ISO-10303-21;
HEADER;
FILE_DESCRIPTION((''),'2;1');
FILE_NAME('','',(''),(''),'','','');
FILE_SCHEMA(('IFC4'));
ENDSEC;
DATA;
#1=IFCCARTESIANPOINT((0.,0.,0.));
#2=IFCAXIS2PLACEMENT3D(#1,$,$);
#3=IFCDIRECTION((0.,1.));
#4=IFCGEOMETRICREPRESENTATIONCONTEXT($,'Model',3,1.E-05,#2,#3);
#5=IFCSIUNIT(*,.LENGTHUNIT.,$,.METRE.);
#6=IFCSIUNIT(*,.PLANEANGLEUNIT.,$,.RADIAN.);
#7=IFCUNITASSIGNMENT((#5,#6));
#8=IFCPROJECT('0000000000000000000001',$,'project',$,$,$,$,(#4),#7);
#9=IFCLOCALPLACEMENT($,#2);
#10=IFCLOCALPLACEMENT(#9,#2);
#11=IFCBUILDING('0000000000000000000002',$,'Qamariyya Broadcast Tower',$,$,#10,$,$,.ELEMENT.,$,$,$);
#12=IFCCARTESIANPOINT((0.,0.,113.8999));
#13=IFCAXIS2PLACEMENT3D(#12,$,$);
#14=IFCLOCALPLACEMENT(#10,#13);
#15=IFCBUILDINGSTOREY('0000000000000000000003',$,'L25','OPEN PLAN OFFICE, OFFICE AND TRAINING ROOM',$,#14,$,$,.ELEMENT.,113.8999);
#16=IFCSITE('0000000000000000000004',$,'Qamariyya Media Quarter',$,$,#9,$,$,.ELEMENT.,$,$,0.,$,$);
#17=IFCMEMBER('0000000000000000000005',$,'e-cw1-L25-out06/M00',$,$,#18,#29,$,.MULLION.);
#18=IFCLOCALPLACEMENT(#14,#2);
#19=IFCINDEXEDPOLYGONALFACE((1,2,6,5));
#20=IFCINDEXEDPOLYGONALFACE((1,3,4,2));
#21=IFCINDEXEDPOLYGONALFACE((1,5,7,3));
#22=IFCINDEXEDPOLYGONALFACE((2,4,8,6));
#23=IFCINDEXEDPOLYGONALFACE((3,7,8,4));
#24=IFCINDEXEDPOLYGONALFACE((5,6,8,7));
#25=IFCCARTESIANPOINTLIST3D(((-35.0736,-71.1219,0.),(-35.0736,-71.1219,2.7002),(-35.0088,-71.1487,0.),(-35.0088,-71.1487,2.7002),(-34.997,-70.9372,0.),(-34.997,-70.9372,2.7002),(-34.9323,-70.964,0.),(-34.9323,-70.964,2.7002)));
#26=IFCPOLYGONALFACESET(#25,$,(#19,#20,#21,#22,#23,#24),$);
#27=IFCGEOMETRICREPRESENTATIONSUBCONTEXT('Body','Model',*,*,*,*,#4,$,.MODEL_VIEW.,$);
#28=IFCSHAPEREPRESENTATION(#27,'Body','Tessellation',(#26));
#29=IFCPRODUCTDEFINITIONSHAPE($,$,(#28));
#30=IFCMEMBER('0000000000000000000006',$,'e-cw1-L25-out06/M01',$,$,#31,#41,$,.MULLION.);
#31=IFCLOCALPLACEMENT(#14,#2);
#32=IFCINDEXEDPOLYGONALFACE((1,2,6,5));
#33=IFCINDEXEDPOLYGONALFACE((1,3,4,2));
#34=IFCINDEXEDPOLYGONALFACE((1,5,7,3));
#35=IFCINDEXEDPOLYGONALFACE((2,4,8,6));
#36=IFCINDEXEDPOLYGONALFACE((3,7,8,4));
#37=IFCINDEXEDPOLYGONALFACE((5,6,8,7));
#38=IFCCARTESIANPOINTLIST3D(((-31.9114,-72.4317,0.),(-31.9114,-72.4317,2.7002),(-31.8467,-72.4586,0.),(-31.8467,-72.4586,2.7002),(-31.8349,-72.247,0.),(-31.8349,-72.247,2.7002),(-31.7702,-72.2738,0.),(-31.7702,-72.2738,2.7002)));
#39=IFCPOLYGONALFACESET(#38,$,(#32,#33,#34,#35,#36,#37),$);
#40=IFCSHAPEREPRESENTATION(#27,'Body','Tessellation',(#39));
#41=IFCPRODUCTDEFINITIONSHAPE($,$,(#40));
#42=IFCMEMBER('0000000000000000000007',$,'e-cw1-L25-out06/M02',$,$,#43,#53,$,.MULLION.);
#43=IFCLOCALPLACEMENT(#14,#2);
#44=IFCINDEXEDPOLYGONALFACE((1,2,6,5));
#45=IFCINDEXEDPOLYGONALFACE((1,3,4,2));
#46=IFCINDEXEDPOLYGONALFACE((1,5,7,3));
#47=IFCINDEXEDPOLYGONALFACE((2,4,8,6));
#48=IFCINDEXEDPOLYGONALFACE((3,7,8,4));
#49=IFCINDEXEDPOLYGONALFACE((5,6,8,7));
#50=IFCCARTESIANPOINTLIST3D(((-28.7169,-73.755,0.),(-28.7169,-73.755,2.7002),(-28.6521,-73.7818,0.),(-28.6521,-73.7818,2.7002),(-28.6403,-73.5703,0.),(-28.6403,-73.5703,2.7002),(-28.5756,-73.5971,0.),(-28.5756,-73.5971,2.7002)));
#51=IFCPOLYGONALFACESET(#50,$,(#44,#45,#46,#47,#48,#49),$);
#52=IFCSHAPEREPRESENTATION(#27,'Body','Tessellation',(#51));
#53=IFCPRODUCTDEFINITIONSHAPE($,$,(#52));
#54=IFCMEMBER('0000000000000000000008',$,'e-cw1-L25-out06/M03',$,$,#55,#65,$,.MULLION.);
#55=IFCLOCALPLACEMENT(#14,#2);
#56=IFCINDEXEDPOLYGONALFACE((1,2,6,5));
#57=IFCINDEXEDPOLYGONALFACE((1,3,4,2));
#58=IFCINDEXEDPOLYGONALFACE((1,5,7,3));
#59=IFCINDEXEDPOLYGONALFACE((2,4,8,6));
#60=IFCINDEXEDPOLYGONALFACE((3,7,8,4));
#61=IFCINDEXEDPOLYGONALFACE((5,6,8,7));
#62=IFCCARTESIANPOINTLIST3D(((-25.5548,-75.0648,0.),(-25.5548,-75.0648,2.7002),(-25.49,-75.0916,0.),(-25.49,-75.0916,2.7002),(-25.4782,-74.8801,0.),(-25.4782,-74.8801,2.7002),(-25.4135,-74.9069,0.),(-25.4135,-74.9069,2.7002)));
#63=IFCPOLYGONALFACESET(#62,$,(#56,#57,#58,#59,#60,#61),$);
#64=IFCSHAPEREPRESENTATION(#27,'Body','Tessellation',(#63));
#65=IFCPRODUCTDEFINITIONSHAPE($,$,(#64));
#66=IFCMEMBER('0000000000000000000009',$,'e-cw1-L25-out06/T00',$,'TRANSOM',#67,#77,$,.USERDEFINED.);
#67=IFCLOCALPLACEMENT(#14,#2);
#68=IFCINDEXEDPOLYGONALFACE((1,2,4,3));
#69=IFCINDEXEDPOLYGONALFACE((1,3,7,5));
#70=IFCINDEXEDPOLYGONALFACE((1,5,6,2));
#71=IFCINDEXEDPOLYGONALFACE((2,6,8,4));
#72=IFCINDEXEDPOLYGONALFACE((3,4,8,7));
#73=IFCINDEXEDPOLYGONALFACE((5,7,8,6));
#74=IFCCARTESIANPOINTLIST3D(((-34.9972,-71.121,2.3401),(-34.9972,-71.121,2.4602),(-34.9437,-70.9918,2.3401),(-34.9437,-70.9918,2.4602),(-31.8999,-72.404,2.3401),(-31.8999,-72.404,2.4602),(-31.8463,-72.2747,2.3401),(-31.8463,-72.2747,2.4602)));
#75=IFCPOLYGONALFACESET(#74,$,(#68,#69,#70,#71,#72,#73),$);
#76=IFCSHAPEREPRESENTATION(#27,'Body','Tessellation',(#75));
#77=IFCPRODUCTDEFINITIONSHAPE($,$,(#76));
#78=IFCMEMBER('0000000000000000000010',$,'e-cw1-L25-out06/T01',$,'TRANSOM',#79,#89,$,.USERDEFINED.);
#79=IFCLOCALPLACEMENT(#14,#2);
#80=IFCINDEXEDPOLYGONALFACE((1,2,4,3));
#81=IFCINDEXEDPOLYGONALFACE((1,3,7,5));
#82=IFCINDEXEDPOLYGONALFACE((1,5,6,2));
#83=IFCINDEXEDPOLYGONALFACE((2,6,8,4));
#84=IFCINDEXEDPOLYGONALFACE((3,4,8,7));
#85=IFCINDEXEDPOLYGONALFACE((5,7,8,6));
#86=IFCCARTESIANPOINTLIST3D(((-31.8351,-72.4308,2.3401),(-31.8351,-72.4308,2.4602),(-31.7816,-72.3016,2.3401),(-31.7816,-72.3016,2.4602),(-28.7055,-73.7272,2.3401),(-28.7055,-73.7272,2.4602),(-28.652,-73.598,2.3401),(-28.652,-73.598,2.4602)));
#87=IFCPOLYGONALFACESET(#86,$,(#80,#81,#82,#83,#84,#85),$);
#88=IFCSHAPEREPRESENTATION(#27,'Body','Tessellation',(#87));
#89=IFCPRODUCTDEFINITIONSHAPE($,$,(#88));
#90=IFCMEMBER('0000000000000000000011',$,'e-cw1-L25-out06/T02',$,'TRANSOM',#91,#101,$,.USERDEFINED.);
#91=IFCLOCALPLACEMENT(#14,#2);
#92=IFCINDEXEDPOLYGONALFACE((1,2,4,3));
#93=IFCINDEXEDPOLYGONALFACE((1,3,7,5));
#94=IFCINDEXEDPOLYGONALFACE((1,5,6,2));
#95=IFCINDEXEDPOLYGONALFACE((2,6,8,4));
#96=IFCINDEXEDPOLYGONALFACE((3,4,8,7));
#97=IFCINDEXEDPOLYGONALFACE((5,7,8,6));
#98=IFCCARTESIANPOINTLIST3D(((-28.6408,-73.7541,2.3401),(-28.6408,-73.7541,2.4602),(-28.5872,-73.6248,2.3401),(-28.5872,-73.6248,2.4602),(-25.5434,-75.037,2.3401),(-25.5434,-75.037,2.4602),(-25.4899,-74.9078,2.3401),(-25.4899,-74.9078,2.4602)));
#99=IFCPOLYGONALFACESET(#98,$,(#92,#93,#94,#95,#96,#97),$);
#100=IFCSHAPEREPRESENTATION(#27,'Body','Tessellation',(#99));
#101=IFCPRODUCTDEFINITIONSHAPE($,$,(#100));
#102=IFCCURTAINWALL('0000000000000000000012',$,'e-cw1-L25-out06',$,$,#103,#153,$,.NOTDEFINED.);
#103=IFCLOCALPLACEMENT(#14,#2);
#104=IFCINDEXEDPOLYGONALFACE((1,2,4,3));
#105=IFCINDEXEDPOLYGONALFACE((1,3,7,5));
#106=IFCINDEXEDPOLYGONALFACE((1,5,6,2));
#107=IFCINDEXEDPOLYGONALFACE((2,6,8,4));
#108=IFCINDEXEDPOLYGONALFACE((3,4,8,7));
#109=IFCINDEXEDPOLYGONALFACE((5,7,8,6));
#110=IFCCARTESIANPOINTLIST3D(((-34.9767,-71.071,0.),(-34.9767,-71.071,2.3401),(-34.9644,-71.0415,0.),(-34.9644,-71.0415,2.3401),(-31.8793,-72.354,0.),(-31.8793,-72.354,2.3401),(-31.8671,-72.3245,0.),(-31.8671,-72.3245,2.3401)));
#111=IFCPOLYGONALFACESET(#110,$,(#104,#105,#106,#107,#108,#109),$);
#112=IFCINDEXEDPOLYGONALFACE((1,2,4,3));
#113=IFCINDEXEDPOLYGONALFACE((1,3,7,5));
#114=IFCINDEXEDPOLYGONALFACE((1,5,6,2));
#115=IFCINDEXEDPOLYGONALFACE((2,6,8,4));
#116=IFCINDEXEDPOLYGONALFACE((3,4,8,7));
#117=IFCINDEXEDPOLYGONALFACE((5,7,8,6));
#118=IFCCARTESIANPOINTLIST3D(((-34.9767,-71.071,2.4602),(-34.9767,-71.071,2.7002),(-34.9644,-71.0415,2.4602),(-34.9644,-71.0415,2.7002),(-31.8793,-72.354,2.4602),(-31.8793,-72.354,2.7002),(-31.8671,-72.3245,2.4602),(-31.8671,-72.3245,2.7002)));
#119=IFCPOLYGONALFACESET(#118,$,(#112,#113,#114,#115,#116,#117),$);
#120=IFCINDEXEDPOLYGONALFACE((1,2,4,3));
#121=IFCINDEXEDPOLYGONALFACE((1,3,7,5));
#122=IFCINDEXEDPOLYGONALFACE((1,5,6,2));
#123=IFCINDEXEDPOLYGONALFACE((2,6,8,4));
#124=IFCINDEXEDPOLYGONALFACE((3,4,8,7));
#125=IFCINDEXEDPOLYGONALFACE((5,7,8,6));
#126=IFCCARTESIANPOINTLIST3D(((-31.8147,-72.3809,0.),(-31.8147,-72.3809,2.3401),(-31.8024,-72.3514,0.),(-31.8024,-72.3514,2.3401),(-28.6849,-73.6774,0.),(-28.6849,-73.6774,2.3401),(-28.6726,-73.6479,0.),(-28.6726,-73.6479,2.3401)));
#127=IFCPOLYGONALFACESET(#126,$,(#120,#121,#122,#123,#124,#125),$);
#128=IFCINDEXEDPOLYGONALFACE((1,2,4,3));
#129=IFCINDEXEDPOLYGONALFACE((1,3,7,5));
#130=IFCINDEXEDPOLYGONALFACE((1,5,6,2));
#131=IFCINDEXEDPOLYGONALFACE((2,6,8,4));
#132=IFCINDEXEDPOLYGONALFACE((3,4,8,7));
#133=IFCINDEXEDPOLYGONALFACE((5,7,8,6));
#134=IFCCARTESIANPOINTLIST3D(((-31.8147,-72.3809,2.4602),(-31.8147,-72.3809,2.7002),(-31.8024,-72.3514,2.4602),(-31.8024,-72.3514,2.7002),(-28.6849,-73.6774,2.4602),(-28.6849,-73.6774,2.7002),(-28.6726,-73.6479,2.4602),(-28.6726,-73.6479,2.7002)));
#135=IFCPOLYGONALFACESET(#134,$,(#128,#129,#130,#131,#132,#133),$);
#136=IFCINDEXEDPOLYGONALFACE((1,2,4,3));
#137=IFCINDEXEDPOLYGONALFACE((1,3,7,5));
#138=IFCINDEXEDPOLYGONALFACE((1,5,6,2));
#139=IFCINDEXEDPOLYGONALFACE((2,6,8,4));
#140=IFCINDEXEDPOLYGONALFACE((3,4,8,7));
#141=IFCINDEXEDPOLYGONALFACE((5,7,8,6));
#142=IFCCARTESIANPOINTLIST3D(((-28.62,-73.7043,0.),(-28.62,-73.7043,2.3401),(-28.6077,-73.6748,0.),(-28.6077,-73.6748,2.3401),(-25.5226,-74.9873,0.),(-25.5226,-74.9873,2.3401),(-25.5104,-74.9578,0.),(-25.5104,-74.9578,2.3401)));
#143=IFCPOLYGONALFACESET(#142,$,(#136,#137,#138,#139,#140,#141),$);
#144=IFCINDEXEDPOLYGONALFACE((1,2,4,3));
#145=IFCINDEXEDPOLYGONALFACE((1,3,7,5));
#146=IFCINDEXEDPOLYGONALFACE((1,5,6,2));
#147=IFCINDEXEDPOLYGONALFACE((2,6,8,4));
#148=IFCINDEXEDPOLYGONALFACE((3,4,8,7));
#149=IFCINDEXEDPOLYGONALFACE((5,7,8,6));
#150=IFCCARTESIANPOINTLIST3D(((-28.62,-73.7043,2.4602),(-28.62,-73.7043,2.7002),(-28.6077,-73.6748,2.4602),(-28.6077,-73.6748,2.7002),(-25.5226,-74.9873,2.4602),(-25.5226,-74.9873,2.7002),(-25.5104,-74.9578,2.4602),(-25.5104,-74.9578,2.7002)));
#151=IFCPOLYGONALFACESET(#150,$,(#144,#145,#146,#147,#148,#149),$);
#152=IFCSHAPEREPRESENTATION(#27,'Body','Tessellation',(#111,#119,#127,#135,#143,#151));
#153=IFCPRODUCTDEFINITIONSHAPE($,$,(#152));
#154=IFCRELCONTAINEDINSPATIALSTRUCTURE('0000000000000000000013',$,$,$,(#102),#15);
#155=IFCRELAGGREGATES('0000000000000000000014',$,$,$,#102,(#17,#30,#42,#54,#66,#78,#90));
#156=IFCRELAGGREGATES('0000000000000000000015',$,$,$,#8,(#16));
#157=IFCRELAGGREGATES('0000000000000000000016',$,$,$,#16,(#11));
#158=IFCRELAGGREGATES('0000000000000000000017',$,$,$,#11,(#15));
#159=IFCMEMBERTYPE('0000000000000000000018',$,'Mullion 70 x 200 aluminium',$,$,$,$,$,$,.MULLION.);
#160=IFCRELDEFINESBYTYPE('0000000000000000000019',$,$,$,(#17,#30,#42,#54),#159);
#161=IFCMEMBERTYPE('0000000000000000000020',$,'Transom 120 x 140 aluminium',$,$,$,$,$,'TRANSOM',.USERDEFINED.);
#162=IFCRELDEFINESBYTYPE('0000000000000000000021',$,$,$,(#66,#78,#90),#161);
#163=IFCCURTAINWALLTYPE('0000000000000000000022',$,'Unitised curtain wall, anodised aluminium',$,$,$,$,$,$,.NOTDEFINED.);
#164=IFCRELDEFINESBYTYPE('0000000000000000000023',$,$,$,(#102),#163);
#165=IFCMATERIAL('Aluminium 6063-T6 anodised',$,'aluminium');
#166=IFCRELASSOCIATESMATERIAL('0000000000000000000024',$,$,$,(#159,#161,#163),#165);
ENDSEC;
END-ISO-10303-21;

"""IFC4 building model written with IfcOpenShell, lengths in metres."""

from ifc_helpers import new_model, si_unit, direction, frame, origin, origin_2d, place, context, subcontext, project, spatial, rectangle, extrude, material, material_profile, profile_set, type_object, element, aggregate, save


model = new_model("IFC4")

# Units and contexts
model_context = context("Model", 3, precision=1e-05, world=origin(), true_north=direction((0.0, 1.0)))
body_context = subcontext(model_context, "Body", "Model", "MODEL_VIEW")
ifc_project = project(units=[si_unit("LENGTHUNIT", "METRE"), si_unit("PLANEANGLEUNIT", "RADIAN")], contexts=[model_context])

# Members
ifc_material = material(Name="Aluminium 6063-T6 anodised", Category="aluminium")
ifc_material_profile_1 = material_profile(ifc_material, rectangle(XDim=0.2, YDim=0.0701, at=origin_2d()))
ifc_profile_set_1 = profile_set([ifc_material_profile_1], Name="Aluminium 6063-T6 anodised")
member_type_1 = type_object("IfcMemberType", Name="Mullion 70 x 200 aluminium", PredefinedType="MULLION", material=ifc_profile_set_1)
site_placement = place(None, origin())
building_placement = place(site_placement, origin())
storey_placement = place(building_placement, frame((0.0, 0.0, 113.8999)))
member_1_placement = place(storey_placement, frame((-35.0029, -71.043, 0.0), z_axis=(0.0, 0.0, 1.0), x_axis=(0.382683, 0.92388, 0.0)))
member_1 = element("IfcMember", 1, at=member_1_placement, type_object=member_type_1, Name="e-cw1-L25-out06/M00", PredefinedType="MULLION", context=body_context, shape_type="SweptSolid", body=[
    extrude(rectangle(XDim=0.2, YDim=0.0701, at=origin_2d()), origin(), (0.0, 0.0, 1.0), 2.7002),
])
member_2_placement = place(storey_placement, frame((-31.8408, -72.3528, 0.0), z_axis=(0.0, 0.0, 1.0), x_axis=(0.382683, 0.92388, 0.0)))
member_2 = element("IfcMember", 2, at=member_2_placement, type_object=member_type_1, Name="e-cw1-L25-out06/M01", PredefinedType="MULLION", context=body_context, shape_type="SweptSolid", body=[
    extrude(rectangle(XDim=0.2, YDim=0.0701, at=origin_2d()), origin(), (0.0, 0.0, 1.0), 2.7002),
])
member_3_placement = place(storey_placement, frame((-28.6462, -73.676, 0.0), z_axis=(0.0, 0.0, 1.0), x_axis=(0.382683, 0.92388, 0.0)))
member_3 = element("IfcMember", 3, at=member_3_placement, type_object=member_type_1, Name="e-cw1-L25-out06/M02", PredefinedType="MULLION", context=body_context, shape_type="SweptSolid", body=[
    extrude(rectangle(XDim=0.2, YDim=0.0701, at=origin_2d()), origin(), (0.0, 0.0, 1.0), 2.7002),
])
member_4_placement = place(storey_placement, frame((-25.4841, -74.9858, 0.0), z_axis=(0.0, 0.0, 1.0), x_axis=(0.382683, 0.92388, 0.0)))
member_4 = element("IfcMember", 4, at=member_4_placement, type_object=member_type_1, Name="e-cw1-L25-out06/M03", PredefinedType="MULLION", context=body_context, shape_type="SweptSolid", body=[
    extrude(rectangle(XDim=0.2, YDim=0.0701, at=origin_2d()), origin(), (0.0, 0.0, 1.0), 2.7002),
])
ifc_material_profile_2 = material_profile(ifc_material, rectangle(XDim=0.1399, YDim=0.1201, at=origin_2d()))
ifc_profile_set_2 = profile_set([ifc_material_profile_2], Name="Aluminium 6063-T6 anodised")
member_type_2 = type_object("IfcMemberType", Name="Transom 120 x 140 aluminium", ElementType="TRANSOM", PredefinedType="USERDEFINED", material=ifc_profile_set_2)
member_5_placement = place(storey_placement, frame((-34.9705, -71.0564, 2.4001), z_axis=(0.923883, -0.382676, 0.0), x_axis=(0.382676, 0.923883, 0.0)))
member_5 = element("IfcMember", 5, at=member_5_placement, type_object=member_type_2, Name="e-cw1-L25-out06/T00", ObjectType="TRANSOM", PredefinedType="USERDEFINED", context=body_context, shape_type="SweptSolid", body=[
    extrude(rectangle(XDim=0.1399, YDim=0.1201, at=origin_2d()), origin(), (0.0, 0.0, 1.0), 3.3525),
])
member_6_placement = place(storey_placement, frame((-31.8083, -72.3662, 2.4001), z_axis=(0.923875, -0.382696, 0.0), x_axis=(0.382696, 0.923875, 0.0)))
member_6 = element("IfcMember", 6, at=member_6_placement, type_object=member_type_2, Name="e-cw1-L25-out06/T01", ObjectType="TRANSOM", PredefinedType="USERDEFINED", context=body_context, shape_type="SweptSolid", body=[
    extrude(rectangle(XDim=0.1399, YDim=0.1201, at=origin_2d()), origin(), (0.0, 0.0, 1.0), 3.3875),
])
member_7_placement = place(storey_placement, frame((-28.614, -73.6895, 2.4001), z_axis=(0.923883, -0.382676, 0.0), x_axis=(0.382676, 0.923883, 0.0)))
member_7 = element("IfcMember", 7, at=member_7_placement, type_object=member_type_2, Name="e-cw1-L25-out06/T02", ObjectType="TRANSOM", PredefinedType="USERDEFINED", context=body_context, shape_type="SweptSolid", body=[
    extrude(rectangle(XDim=0.1399, YDim=0.1201, at=origin_2d()), origin(), (0.0, 0.0, 1.0), 3.3525),
])

# Site, building, storey
site = spatial("IfcSite", under=ifc_project, at=site_placement, Name="Qamariyya Media Quarter", CompositionType="ELEMENT", RefElevation=0.0)
building = spatial("IfcBuilding", under=site, at=building_placement, Name="Qamariyya Broadcast Tower", CompositionType="ELEMENT")
storey = spatial("IfcBuildingStorey", under=building, at=storey_placement, Name="L25", Description="OPEN PLAN OFFICE, OFFICE AND TRAINING ROOM", CompositionType="ELEMENT", Elevation=113.8999)

# Curtain wall
curtain_wall_type = type_object("IfcCurtainWallType", Name="Unitised curtain wall, anodised aluminium", PredefinedType="NOTDEFINED", material=ifc_material)
curtain_wall_1_placement = place(storey_placement, origin())
curtain_wall_1 = element("IfcCurtainWall", 8, at=curtain_wall_1_placement, inside=storey, type_object=curtain_wall_type, Name="e-cw1-L25-out06", PredefinedType="NOTDEFINED", context=body_context, shape_type="SweptSolid", body=[
    extrude(rectangle(XDim=3.3525, YDim=0.032, at=origin_2d()), frame((-33.4219, -71.6978, 0.0), x_axis=(0.923872, -0.382701, 0.0)), (0.0, 0.0, 1.0), 2.3401),
    extrude(rectangle(XDim=3.3525, YDim=0.032, at=origin_2d()), frame((-33.4219, -71.6978, 2.4602), x_axis=(0.923872, -0.382701, 0.0)), (0.0, 0.0, 1.0), 0.24),
    extrude(rectangle(XDim=3.3877, YDim=0.032, at=origin_2d()), frame((-30.2437, -73.0144, 0.0), x_axis=(0.923872, -0.382701, 0.0)), (0.0, 0.0, 1.0), 2.3401),
    extrude(rectangle(XDim=3.3877, YDim=0.032, at=origin_2d()), frame((-30.2437, -73.0144, 2.4602), x_axis=(0.923872, -0.382701, 0.0)), (0.0, 0.0, 1.0), 0.24),
    extrude(rectangle(XDim=3.3525, YDim=0.032, at=origin_2d()), frame((-27.0652, -74.3311, 0.0), x_axis=(0.923872, -0.382701, 0.0)), (0.0, 0.0, 1.0), 2.3401),
    extrude(rectangle(XDim=3.3525, YDim=0.032, at=origin_2d()), frame((-27.0652, -74.3311, 2.4602), x_axis=(0.923872, -0.382701, 0.0)), (0.0, 0.0, 1.0), 0.24),
])
aggregate(curtain_wall_1, [member_1, member_2, member_3, member_4, member_5, member_6, member_7])

save(model, "model.ifc")
